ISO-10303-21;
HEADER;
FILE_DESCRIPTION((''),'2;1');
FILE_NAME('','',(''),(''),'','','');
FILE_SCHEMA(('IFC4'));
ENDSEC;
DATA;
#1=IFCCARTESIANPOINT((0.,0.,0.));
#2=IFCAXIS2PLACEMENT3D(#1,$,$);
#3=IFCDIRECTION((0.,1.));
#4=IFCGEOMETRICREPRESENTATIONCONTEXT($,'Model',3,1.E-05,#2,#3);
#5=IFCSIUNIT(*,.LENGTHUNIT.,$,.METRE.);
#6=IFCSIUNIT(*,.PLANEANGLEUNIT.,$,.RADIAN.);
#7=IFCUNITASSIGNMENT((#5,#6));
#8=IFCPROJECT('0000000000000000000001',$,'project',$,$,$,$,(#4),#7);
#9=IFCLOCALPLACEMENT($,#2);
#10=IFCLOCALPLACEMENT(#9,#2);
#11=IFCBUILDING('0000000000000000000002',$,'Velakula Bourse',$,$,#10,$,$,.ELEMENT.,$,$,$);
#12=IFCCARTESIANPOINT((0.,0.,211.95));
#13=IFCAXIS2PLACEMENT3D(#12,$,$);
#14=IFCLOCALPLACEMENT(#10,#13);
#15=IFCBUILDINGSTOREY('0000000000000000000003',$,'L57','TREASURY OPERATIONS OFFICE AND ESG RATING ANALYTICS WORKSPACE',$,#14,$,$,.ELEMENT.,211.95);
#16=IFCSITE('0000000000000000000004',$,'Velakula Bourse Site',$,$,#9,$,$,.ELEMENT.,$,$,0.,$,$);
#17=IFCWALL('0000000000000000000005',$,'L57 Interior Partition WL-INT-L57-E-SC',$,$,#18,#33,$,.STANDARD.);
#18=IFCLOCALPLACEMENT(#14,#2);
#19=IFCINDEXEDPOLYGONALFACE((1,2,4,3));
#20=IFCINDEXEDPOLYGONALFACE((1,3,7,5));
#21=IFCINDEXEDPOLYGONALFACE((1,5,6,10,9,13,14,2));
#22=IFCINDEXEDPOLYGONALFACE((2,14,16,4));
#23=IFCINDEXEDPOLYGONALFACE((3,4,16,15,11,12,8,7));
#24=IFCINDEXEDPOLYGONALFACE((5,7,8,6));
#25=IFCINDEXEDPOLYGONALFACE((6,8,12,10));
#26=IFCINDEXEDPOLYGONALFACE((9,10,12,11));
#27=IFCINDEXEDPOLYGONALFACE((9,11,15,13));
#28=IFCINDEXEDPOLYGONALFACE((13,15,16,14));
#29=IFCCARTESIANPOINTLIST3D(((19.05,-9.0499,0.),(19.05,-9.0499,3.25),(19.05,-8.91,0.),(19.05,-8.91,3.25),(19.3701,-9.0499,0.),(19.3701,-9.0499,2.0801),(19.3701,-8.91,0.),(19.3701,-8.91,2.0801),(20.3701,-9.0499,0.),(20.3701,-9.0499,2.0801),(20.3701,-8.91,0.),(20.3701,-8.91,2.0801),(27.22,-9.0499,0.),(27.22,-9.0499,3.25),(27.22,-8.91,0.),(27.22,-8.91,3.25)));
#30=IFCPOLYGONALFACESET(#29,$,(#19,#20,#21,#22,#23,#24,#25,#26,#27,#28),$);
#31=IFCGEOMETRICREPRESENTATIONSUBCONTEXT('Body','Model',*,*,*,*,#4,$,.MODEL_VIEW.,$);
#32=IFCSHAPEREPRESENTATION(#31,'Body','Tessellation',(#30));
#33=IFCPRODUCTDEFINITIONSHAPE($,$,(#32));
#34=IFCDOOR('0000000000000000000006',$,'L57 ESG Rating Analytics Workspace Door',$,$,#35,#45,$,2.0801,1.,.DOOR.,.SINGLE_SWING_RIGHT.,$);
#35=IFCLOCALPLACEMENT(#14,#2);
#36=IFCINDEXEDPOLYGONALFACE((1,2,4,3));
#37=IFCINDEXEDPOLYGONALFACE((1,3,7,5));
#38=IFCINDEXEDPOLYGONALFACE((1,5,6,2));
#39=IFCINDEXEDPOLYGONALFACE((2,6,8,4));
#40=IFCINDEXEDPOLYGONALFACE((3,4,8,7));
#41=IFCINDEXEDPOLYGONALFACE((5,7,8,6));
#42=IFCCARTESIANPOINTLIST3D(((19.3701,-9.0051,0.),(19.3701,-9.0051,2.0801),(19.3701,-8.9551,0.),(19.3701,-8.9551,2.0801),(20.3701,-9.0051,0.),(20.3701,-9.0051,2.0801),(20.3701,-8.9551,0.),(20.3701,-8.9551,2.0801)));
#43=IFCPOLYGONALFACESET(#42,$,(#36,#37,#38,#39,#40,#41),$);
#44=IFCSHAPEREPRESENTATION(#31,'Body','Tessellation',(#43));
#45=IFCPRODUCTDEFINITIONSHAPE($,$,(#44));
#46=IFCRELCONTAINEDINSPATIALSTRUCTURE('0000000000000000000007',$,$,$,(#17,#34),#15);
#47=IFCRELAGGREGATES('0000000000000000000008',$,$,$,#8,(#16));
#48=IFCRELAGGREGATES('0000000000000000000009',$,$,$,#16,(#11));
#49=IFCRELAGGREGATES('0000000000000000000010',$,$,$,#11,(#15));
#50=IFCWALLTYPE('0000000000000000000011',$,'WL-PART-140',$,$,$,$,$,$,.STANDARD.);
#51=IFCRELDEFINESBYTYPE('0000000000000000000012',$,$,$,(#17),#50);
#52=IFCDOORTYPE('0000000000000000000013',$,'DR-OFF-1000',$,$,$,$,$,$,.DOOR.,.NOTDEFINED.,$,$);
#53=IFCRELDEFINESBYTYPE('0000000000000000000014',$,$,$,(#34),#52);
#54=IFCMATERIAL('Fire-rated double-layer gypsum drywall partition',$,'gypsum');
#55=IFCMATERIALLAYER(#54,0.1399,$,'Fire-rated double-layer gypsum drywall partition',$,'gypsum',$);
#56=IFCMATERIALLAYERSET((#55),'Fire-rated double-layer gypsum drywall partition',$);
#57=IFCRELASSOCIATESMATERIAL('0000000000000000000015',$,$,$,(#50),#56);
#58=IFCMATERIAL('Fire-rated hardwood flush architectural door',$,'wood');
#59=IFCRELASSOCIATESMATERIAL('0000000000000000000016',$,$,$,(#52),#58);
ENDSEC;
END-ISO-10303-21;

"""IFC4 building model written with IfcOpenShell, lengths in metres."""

from ifc_helpers import new_model, si_unit, direction, frame, frame_2d, origin, place, context, subcontext, project, spatial, rectangle, extrude, material, layer, layer_set, type_object, element, fill, save


model = new_model("IFC4")

# Units and contexts
model_context = context("Model", 3, precision=1e-05, world=origin(), true_north=direction((0.0, 1.0)))
body_context = subcontext(model_context, "Body", "Model", "MODEL_VIEW")
ifc_project = project(units=[si_unit("LENGTHUNIT", "METRE"), si_unit("PLANEANGLEUNIT", "RADIAN")], contexts=[model_context])

# Site, building, storey
site_placement = place(None, origin())
site = spatial("IfcSite", under=ifc_project, at=site_placement, Name="Velakula Bourse Site", CompositionType="ELEMENT", RefElevation=0.0)
building_placement = place(site_placement, origin())
building = spatial("IfcBuilding", under=site, at=building_placement, Name="Velakula Bourse", CompositionType="ELEMENT")
storey_placement = place(building_placement, frame((0.0, 0.0, 211.95)))
storey = spatial("IfcBuildingStorey", under=building, at=storey_placement, Name="L57", Description="TREASURY OPERATIONS OFFICE AND ESG RATING ANALYTICS WORKSPACE", CompositionType="ELEMENT", Elevation=211.95)

# Shared definitions
ifc_material_1 = material(Name="Fire-rated double-layer gypsum drywall partition", Category="gypsum")

# Wall, opening, door
ifc_layer_1 = layer(ifc_material_1, 0.1399, Name="Fire-rated double-layer gypsum drywall partition", Category="gypsum")
ifc_layer_set_1 = layer_set([ifc_layer_1], Name="Fire-rated double-layer gypsum drywall partition")
wall_type_1 = type_object("IfcWallType", Name="WL-PART-140", PredefinedType="STANDARD", material=ifc_layer_set_1)
wall_1_placement = place(storey_placement, frame((19.05, -8.98, 0.0), z_axis=(0.0, 0.0, 1.0), x_axis=(1.0, 0.0, 0.0)))
wall_1 = element("IfcWall", 1, at=wall_1_placement, inside=storey, type_object=wall_type_1, Name="L57 Interior Partition WL-INT-L57-E-SC", PredefinedType="STANDARD", context=body_context, shape_type="SweptSolid", body=[
    extrude(rectangle(XDim=8.1699, YDim=0.1399, at=frame_2d((4.085, 0.0))), origin(), (0.0, 0.0, 1.0), 3.25),
])
opening_placement = place(wall_1_placement, frame((0.3201, 0.0, 0.0)))
opening = element("IfcOpeningElement", 2, at=opening_placement, cuts=wall_1, PredefinedType="OPENING", context=body_context, shape_type="SweptSolid", body=[
    extrude(rectangle(XDim=1.0, YDim=2.0801, at=frame_2d((0.5, 1.04))), frame((0.0, 0.0798, 0.0), z_axis=(0.0, -1.0, 0.0), x_axis=(1.0, 0.0, 0.0)), (0.0, 0.0, 1.0), 0.1599),
])
ifc_material_2 = material(Name="Fire-rated hardwood flush architectural door", Category="wood")
door_type = type_object("IfcDoorType", Name="DR-OFF-1000", OperationType="NOTDEFINED", PredefinedType="DOOR", material=ifc_material_2)
door_placement = place(opening_placement, origin())
door = element("IfcDoor", 3, at=door_placement, inside=storey, type_object=door_type, Name="L57 ESG Rating Analytics Workspace Door", OperationType="SINGLE_SWING_RIGHT", OverallHeight=2.0801, OverallWidth=1.0, PredefinedType="DOOR", context=body_context, shape_type="SweptSolid", body=[
    extrude(rectangle(XDim=1.0, YDim=2.0801, at=frame_2d((0.5, 1.04))), frame((0.0, 0.0249, 0.0), z_axis=(0.0, -1.0, 0.0), x_axis=(1.0, 0.0, 0.0)), (0.0, 0.0, 1.0), 0.05),
])
fill(opening, door)

save(model, "model.ifc")
